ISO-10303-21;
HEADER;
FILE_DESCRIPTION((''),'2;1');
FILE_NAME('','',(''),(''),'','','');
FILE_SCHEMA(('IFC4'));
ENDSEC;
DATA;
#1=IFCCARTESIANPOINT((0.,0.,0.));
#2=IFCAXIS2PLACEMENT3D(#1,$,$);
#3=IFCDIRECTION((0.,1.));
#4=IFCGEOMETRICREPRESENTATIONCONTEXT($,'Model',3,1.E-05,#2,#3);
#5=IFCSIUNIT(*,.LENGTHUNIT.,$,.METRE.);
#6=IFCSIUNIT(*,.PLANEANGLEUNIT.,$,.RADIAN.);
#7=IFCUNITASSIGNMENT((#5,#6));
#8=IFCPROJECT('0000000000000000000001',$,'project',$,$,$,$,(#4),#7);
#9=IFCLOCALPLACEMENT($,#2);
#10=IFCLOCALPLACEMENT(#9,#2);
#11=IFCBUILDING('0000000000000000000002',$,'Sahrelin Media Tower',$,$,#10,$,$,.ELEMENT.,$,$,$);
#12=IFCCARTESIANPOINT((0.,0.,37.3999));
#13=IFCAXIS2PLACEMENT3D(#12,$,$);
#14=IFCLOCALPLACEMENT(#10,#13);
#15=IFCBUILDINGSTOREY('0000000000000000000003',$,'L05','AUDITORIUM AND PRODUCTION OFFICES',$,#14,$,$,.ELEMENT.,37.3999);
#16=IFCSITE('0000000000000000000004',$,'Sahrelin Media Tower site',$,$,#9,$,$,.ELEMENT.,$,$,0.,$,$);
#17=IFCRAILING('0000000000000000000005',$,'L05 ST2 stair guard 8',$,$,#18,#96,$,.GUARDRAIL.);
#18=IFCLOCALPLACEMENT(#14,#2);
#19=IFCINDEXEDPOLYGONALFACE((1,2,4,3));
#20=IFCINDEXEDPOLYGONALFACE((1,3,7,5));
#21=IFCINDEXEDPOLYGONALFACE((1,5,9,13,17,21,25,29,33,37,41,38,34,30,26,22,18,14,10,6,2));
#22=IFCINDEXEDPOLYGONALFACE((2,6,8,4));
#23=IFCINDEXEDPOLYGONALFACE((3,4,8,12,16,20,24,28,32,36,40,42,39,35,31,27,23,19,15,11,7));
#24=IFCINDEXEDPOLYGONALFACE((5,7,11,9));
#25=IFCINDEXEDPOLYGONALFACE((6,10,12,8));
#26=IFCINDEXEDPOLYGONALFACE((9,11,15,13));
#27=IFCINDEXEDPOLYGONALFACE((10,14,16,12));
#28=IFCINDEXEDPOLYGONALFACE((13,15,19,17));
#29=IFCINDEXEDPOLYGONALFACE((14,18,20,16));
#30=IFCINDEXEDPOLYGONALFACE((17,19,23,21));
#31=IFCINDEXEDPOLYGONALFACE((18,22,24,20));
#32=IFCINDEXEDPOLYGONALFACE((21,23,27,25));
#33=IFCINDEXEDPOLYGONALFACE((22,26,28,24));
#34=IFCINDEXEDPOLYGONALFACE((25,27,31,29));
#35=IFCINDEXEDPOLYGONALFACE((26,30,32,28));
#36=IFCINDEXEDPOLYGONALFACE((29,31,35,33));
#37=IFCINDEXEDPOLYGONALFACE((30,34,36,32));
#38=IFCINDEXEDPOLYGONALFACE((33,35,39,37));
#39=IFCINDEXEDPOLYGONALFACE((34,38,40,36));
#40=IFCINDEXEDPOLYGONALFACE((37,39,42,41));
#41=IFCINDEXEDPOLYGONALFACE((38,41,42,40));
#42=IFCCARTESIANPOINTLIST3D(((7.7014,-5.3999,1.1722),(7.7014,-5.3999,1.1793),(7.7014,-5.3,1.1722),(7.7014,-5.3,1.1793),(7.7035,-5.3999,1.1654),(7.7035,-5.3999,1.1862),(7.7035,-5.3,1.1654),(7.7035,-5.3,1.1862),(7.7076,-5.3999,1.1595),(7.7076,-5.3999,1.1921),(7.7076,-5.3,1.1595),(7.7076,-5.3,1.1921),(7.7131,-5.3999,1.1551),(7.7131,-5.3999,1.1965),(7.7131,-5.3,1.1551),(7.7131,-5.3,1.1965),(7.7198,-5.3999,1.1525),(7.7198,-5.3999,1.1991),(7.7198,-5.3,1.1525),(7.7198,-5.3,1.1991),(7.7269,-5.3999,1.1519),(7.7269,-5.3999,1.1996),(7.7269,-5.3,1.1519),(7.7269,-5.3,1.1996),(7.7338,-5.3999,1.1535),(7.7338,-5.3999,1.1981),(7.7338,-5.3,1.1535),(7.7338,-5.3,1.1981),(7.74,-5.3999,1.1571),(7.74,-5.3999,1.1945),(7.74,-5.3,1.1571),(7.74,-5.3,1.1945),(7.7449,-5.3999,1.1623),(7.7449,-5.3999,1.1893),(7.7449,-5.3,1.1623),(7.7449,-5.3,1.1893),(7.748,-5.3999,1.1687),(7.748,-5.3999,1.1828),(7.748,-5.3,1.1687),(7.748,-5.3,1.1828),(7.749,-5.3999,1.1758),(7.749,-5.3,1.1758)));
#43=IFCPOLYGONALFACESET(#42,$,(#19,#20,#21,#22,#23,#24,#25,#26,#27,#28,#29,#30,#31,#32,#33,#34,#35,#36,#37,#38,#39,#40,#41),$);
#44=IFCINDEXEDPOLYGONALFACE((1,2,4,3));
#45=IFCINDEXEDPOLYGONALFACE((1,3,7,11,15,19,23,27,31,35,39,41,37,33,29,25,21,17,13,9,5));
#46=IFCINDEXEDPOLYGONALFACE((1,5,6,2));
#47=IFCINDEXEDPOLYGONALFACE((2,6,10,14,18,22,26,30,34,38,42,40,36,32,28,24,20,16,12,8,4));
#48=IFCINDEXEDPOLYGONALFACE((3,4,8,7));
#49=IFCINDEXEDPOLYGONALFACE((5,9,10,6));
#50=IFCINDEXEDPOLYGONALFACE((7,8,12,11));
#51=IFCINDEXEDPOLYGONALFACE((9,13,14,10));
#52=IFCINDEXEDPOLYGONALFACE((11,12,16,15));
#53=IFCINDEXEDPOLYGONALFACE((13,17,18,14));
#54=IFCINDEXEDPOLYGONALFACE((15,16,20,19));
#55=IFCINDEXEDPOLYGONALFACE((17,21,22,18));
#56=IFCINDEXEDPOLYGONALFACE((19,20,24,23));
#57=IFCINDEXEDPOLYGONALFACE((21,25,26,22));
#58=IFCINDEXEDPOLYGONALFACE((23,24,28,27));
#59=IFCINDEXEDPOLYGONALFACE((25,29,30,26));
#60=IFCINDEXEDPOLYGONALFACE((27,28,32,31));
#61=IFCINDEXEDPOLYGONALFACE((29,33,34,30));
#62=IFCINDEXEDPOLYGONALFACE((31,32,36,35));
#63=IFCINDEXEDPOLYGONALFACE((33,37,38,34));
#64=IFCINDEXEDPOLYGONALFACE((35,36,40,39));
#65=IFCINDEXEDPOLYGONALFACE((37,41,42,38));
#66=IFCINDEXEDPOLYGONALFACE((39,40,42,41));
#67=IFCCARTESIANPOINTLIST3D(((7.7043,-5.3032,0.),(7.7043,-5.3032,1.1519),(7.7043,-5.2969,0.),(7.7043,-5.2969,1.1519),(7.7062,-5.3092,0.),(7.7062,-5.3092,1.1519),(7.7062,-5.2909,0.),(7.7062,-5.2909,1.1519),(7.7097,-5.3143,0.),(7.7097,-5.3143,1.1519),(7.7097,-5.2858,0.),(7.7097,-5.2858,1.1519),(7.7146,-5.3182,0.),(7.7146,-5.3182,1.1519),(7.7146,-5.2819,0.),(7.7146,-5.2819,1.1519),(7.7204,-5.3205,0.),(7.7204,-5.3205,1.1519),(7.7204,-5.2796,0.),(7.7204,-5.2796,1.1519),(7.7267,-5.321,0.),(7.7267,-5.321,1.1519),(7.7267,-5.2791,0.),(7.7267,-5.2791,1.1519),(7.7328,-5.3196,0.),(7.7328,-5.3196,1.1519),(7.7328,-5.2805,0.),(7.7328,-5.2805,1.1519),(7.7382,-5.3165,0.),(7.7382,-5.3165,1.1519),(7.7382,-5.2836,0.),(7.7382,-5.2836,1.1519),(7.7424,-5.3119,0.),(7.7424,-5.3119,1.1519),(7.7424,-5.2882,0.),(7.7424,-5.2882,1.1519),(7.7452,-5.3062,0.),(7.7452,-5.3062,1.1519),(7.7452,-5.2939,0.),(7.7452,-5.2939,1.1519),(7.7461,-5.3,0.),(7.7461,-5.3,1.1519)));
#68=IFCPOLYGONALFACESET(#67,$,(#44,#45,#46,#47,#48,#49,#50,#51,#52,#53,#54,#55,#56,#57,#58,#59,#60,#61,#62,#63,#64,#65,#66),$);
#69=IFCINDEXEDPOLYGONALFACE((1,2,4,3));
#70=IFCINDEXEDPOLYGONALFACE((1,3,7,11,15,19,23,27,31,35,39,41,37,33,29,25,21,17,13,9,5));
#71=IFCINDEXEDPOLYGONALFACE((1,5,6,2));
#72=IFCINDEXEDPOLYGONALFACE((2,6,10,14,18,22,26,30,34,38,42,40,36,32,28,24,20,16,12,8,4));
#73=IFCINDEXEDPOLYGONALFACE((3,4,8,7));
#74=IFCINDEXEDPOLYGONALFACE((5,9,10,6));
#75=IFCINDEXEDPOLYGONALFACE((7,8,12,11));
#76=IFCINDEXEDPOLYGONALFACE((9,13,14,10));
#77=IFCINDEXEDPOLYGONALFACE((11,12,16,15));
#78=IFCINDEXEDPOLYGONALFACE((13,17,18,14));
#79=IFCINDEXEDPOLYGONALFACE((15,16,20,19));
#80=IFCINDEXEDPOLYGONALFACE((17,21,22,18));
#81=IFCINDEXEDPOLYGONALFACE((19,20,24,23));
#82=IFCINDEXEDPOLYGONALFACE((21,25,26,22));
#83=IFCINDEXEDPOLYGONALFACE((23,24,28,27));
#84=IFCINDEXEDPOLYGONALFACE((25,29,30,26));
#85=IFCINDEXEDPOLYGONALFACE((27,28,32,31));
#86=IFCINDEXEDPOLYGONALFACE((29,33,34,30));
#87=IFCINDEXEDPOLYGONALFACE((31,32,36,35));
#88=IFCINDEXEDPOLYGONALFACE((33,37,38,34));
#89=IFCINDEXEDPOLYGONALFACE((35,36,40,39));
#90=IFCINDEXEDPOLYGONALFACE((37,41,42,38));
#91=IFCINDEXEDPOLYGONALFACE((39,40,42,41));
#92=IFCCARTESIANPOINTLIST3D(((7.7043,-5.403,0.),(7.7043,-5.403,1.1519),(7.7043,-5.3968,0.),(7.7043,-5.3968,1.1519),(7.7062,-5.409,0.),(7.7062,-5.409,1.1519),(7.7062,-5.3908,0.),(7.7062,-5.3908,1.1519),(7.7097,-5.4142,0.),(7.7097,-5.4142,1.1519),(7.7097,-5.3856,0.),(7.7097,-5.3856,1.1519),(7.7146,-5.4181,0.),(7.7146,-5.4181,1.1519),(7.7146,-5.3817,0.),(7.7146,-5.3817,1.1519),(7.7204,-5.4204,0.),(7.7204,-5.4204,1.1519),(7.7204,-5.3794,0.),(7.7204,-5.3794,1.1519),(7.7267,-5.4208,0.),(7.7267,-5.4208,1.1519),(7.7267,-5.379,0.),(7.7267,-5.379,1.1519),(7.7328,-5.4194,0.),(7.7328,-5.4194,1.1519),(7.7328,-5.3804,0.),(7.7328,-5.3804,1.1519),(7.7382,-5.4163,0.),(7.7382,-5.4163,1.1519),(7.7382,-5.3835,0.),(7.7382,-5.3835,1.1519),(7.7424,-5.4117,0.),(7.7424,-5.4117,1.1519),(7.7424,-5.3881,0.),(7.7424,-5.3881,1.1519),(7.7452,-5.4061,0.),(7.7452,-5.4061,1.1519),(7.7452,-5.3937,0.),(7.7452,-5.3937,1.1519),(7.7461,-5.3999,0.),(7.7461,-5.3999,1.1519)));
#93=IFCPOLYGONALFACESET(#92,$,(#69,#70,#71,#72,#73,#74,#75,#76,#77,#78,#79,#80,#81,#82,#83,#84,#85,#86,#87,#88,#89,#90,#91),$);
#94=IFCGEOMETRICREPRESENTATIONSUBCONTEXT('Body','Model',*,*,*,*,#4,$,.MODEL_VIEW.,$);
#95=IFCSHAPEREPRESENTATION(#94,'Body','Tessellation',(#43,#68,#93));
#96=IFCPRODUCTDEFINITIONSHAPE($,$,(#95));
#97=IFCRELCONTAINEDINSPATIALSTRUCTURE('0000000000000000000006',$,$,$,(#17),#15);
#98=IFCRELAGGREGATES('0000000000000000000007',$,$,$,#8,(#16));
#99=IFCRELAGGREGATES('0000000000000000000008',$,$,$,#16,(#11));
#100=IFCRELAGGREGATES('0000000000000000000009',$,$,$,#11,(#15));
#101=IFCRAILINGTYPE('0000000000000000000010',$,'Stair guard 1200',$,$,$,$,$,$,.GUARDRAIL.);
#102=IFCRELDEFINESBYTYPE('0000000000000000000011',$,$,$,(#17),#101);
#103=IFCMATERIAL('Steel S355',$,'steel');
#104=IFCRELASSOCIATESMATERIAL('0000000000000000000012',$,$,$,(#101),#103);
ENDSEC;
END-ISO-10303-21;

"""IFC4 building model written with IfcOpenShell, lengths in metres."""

from ifc_helpers import new_model, si_unit, direction, frame, origin, origin_2d, place, context, subcontext, project, spatial, circle, extrude, material, type_object, element, save


model = new_model("IFC4")

# Units and contexts
model_context = context("Model", 3, precision=1e-05, world=origin(), true_north=direction((0.0, 1.0)))
body_context = subcontext(model_context, "Body", "Model", "MODEL_VIEW")
ifc_project = project(units=[si_unit("LENGTHUNIT", "METRE"), si_unit("PLANEANGLEUNIT", "RADIAN")], contexts=[model_context])

# Site, building, storey
site_placement = place(None, origin())
site = spatial("IfcSite", under=ifc_project, at=site_placement, Name="Sahrelin Media Tower site", CompositionType="ELEMENT", RefElevation=0.0)
building_placement = place(site_placement, origin())
building = spatial("IfcBuilding", under=site, at=building_placement, Name="Sahrelin Media Tower", CompositionType="ELEMENT")
storey_placement = place(building_placement, frame((0.0, 0.0, 37.3999)))
storey = spatial("IfcBuildingStorey", under=building, at=storey_placement, Name="L05", Description="AUDITORIUM AND PRODUCTION OFFICES", CompositionType="ELEMENT", Elevation=37.3999)

# Shared definitions
ifc_material_1 = material(Name="Steel S355", Category="steel")

# Railing
railing_type_1 = type_object("IfcRailingType", Name="Stair guard 1200", PredefinedType="GUARDRAIL", material=ifc_material_1)
railing_1_placement = place(storey_placement, frame((7.7251, -5.3, 0.0)))
element("IfcRailing", 1, at=railing_1_placement, inside=storey, type_object=railing_type_1, Name="L05 ST2 stair guard 8", PredefinedType="GUARDRAIL", context=body_context, shape_type="SweptSolid", body=[
    extrude(circle(Radius=0.0239, at=origin_2d()), frame((0.0, 0.0, 1.1758), z_axis=(0.0, -1.0, 0.0), x_axis=(1.0, 0.0, 0.0)), (0.0, 0.0, 1.0), 0.0999),
    extrude(circle(Radius=0.021, at=origin_2d()), origin(), (0.0, 0.0, 1.0), 1.1519),
    extrude(circle(Radius=0.021, at=origin_2d()), frame((0.0, -0.0999, 0.0)), (0.0, 0.0, 1.0), 1.1519),
])

save(model, "model.ifc")
